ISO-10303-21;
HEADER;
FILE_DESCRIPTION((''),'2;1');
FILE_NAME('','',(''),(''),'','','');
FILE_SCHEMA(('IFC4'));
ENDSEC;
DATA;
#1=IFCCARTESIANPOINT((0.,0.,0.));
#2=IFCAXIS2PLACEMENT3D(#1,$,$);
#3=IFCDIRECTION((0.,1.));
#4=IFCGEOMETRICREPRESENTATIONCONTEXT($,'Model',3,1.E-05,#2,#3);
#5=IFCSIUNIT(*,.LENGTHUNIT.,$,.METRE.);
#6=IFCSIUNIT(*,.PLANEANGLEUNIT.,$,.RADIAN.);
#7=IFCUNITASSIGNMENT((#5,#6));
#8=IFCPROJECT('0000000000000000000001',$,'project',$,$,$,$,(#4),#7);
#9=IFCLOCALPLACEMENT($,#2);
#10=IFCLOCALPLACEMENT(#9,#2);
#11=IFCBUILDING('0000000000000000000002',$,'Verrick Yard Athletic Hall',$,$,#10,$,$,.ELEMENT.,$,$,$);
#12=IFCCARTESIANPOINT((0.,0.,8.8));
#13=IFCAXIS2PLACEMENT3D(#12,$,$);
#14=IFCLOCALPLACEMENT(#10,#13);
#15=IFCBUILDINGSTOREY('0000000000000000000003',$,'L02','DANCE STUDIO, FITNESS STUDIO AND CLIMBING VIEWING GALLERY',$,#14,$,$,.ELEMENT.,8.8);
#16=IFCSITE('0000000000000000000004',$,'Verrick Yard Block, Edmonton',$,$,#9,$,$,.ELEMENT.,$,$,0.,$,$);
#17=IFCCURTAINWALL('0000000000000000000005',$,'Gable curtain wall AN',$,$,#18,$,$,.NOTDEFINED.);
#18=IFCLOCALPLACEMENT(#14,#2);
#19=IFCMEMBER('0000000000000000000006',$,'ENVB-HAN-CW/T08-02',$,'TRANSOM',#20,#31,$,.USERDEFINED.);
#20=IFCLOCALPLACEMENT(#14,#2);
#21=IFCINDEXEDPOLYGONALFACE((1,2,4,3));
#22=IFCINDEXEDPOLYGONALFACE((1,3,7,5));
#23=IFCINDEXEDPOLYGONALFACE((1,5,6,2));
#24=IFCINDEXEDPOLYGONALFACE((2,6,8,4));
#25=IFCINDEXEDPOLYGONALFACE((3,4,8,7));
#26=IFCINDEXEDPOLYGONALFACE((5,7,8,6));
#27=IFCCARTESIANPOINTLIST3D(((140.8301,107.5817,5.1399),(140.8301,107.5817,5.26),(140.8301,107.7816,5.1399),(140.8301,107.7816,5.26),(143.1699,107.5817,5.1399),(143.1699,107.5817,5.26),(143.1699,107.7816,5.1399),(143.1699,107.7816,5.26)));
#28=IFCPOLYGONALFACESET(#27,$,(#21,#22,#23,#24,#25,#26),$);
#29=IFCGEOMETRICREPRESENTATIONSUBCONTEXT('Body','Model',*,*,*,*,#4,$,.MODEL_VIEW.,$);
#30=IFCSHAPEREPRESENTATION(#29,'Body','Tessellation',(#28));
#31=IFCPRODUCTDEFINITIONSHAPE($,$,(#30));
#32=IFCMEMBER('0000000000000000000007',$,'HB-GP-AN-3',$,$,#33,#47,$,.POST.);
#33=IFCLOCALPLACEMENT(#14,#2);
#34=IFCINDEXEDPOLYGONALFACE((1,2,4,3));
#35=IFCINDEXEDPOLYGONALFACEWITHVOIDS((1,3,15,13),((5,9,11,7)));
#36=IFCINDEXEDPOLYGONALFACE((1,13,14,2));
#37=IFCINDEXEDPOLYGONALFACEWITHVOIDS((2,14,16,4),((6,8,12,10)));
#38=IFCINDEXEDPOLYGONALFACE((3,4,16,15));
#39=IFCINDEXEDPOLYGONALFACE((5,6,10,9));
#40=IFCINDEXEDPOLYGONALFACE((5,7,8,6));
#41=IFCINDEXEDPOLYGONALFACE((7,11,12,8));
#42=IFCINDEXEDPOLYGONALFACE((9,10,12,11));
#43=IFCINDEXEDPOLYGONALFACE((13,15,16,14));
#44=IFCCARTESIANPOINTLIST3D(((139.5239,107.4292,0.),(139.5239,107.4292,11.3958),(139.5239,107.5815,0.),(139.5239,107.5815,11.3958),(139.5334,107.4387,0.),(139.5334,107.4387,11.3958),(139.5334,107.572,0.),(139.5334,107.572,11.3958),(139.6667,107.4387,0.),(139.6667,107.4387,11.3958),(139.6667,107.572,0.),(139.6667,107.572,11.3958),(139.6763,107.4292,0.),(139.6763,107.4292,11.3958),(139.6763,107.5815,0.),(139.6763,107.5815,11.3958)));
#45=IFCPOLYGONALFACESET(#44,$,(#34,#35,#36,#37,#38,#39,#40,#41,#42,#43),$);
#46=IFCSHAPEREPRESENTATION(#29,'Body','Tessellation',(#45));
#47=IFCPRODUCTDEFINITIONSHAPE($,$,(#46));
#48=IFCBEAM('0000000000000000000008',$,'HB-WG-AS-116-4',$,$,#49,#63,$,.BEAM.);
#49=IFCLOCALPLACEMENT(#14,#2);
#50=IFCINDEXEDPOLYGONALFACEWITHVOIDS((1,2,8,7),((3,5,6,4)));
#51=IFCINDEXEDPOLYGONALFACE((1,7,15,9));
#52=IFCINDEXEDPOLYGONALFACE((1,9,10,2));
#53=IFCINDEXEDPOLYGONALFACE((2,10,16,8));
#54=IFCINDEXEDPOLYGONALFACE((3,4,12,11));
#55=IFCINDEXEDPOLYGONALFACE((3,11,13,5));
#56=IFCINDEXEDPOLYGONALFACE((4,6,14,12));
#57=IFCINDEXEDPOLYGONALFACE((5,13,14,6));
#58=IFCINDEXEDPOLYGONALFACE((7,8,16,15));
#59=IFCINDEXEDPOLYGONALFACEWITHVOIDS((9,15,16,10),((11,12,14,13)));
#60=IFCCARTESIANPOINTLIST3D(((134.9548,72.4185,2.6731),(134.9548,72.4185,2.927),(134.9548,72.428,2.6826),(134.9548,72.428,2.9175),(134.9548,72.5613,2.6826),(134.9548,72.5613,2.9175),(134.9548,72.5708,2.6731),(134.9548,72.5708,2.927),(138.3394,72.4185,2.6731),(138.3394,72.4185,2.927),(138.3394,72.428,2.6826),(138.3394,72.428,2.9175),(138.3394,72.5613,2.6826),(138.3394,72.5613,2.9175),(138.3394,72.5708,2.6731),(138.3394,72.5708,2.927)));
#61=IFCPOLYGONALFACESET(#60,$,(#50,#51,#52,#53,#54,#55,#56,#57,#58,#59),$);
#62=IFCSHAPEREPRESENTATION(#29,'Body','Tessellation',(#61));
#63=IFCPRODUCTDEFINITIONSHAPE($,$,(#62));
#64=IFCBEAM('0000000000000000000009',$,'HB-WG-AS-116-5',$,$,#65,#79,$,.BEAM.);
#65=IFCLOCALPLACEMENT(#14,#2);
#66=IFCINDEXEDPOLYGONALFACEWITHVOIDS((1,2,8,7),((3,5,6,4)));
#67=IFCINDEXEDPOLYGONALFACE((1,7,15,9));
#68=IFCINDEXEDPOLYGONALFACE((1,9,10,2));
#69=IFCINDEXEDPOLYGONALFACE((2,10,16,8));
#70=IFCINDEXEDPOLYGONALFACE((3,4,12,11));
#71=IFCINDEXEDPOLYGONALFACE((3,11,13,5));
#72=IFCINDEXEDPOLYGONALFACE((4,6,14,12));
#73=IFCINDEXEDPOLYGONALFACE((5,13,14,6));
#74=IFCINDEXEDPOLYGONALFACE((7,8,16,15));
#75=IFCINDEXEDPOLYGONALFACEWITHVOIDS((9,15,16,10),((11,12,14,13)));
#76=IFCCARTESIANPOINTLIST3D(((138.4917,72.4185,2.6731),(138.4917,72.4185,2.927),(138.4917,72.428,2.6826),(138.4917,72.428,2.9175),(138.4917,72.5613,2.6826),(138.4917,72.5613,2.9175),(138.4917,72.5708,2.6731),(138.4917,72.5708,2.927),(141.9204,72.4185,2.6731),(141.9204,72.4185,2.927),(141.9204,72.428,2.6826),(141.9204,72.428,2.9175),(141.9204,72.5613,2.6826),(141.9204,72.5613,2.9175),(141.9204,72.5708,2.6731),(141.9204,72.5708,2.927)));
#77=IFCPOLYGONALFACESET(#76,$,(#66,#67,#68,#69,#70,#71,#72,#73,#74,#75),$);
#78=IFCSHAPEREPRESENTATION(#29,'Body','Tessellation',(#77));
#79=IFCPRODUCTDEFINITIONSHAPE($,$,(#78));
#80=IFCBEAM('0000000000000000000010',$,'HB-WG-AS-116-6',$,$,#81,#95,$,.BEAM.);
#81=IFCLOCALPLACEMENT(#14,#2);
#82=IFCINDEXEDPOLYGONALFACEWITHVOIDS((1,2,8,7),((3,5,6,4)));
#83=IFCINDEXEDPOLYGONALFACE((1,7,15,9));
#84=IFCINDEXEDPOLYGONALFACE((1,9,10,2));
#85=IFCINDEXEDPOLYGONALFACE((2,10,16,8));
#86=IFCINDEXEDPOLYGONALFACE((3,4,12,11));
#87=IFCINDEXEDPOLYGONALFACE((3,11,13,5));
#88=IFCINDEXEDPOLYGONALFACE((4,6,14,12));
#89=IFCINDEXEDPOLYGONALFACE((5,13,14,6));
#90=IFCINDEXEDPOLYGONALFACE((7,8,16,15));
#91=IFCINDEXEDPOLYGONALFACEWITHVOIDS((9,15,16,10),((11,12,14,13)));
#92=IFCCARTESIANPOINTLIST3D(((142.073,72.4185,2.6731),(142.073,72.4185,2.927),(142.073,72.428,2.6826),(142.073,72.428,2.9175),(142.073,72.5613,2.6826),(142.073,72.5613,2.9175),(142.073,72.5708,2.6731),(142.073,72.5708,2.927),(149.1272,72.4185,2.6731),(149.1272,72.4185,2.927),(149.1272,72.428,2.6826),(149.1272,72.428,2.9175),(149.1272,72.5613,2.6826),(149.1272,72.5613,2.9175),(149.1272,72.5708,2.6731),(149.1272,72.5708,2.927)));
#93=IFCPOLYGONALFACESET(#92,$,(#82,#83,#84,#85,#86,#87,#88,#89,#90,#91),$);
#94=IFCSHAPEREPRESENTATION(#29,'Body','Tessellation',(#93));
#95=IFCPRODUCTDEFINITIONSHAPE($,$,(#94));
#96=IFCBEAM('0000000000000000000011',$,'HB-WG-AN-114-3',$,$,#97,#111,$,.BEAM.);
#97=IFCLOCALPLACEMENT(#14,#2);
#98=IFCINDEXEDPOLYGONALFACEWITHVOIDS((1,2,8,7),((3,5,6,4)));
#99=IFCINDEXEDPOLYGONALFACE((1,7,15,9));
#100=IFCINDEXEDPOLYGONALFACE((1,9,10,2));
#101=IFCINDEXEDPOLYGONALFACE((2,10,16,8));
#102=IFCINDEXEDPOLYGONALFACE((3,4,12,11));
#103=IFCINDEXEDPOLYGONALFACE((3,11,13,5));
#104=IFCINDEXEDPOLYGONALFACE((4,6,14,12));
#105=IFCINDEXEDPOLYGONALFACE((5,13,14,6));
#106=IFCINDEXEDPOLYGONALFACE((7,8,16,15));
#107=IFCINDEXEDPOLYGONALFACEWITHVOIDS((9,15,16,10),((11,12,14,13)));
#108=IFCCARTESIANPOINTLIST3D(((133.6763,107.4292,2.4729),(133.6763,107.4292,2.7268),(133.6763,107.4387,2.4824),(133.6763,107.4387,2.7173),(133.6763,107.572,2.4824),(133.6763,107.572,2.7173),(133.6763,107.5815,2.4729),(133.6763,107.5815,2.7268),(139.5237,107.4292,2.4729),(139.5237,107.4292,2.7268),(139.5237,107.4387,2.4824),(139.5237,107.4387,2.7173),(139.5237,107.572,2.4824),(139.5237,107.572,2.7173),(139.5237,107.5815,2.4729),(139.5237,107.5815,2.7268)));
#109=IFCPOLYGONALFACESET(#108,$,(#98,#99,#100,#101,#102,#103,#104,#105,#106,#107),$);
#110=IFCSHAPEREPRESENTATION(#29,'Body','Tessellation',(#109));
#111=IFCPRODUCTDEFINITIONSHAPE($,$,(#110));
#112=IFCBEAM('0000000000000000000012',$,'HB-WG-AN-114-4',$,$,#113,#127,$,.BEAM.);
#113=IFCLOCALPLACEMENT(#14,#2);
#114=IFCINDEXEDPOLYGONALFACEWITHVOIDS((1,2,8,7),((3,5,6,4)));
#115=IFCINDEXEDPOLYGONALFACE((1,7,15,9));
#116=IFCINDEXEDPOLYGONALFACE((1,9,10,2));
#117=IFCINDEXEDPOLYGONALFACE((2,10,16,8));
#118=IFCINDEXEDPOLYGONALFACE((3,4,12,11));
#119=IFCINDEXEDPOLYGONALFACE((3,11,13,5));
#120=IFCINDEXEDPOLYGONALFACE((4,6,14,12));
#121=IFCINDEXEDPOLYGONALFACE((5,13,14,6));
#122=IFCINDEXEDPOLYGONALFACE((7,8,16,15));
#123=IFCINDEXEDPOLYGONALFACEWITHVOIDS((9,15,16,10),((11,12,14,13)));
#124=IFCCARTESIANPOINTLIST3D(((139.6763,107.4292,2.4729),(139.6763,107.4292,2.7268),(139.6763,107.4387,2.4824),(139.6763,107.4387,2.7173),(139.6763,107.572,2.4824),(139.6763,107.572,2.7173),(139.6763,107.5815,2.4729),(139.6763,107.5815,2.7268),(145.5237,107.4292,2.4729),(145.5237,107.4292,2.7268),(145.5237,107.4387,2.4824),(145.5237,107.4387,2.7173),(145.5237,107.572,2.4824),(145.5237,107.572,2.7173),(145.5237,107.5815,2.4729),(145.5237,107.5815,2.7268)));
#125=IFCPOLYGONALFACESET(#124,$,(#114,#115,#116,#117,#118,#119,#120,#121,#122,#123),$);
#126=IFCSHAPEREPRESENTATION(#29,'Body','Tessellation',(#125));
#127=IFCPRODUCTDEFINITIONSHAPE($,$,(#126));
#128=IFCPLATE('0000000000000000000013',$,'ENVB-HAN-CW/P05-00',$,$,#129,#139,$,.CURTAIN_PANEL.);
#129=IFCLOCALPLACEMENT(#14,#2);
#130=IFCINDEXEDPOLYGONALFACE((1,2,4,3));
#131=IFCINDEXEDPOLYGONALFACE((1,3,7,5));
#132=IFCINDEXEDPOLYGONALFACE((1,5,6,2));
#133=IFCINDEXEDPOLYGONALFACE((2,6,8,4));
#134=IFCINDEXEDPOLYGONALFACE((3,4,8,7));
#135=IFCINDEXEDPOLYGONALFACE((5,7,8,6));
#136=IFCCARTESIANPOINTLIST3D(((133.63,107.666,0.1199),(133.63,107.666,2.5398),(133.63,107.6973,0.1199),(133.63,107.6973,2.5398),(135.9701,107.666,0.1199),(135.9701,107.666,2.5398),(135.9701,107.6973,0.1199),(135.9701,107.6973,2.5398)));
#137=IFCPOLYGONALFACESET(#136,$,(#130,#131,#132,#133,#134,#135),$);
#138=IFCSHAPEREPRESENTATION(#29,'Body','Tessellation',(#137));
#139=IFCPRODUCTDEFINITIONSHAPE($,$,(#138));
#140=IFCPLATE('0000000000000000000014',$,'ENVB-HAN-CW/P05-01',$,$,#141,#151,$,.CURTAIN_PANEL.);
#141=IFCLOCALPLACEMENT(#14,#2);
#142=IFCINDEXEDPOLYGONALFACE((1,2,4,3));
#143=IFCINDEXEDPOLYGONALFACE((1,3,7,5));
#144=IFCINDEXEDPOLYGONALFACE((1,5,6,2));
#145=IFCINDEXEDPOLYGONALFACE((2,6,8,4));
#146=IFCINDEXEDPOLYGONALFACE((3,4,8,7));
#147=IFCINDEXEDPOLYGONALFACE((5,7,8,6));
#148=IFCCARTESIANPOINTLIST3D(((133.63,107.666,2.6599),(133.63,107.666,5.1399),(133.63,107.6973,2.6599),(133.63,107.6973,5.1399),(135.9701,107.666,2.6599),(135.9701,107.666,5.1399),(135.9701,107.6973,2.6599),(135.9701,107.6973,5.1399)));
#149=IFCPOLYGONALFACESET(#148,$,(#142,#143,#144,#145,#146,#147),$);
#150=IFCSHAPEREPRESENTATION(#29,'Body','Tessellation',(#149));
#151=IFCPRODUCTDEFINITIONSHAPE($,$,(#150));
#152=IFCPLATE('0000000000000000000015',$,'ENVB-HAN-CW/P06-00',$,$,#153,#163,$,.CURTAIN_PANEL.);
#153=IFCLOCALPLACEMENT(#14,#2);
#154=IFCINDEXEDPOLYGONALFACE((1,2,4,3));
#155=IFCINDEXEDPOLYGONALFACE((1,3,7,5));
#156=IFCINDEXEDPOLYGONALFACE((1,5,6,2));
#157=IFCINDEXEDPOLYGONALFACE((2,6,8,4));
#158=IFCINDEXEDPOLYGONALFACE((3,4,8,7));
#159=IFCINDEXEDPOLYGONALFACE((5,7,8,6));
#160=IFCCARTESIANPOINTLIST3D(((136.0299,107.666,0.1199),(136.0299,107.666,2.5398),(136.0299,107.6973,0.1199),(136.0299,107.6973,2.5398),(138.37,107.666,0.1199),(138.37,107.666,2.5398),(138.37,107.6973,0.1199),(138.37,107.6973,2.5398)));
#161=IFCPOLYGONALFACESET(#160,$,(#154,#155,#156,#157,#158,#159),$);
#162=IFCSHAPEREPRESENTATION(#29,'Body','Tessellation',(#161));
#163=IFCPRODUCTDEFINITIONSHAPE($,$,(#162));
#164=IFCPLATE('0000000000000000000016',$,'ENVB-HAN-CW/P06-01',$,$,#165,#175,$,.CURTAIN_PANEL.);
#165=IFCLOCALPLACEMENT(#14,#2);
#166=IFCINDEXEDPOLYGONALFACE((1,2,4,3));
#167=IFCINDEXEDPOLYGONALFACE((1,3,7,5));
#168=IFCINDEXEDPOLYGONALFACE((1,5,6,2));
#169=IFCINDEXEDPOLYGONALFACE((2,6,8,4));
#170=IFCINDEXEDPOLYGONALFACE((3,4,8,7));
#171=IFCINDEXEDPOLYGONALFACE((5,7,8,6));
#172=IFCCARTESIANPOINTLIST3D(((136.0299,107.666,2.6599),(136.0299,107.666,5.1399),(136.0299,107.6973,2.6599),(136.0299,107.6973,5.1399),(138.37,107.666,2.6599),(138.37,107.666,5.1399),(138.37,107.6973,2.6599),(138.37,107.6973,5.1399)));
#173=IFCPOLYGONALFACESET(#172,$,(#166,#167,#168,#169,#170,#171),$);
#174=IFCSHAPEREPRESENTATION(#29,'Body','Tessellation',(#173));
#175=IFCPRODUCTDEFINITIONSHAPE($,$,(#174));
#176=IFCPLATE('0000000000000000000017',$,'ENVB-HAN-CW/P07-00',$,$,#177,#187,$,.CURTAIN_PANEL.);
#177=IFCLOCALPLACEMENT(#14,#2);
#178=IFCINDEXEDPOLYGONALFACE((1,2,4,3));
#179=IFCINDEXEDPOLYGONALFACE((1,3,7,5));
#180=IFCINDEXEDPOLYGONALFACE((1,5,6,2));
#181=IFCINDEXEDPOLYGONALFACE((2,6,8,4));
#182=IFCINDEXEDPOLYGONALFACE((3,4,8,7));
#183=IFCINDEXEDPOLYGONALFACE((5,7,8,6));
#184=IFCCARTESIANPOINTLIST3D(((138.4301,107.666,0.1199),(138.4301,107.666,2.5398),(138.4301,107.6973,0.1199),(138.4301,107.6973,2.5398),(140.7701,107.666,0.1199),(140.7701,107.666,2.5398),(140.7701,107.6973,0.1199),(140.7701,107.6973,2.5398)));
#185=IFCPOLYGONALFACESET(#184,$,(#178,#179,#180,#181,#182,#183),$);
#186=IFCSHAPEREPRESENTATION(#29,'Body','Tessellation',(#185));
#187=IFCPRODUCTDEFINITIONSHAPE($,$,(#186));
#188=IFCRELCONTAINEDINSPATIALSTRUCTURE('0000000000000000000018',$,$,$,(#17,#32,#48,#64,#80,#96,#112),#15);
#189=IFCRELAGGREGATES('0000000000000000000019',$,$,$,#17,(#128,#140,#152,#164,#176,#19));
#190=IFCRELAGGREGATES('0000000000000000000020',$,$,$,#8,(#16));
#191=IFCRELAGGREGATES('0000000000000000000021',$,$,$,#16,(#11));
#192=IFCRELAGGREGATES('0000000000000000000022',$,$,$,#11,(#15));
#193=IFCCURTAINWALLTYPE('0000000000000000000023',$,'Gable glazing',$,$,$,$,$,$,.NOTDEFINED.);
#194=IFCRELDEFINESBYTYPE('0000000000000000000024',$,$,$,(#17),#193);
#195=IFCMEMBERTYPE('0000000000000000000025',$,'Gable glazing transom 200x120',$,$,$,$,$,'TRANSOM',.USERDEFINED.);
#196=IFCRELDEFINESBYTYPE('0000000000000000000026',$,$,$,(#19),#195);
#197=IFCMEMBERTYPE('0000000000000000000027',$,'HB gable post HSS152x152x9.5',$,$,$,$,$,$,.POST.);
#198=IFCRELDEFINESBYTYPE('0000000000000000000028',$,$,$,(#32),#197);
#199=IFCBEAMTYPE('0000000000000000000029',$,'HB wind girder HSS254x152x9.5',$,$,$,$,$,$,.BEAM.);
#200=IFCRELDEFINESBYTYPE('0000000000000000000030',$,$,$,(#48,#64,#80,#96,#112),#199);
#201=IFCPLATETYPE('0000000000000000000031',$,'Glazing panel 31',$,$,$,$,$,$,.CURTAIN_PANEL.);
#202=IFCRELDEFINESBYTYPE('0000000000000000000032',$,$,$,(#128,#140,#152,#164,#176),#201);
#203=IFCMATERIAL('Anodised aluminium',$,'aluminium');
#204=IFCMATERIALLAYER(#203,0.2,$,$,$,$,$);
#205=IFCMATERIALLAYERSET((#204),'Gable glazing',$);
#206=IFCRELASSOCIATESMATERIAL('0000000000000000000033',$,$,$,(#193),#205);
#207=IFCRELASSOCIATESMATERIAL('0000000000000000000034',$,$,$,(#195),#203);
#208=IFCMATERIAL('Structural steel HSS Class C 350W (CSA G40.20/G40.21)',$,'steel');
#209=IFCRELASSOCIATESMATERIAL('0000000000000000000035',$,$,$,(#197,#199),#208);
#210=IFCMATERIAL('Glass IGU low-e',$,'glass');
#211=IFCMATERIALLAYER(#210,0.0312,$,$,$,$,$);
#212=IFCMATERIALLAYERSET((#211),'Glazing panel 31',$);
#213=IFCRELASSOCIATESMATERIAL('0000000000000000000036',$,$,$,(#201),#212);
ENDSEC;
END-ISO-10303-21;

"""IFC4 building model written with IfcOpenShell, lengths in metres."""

from ifc_helpers import new_model, si_unit, direction, frame, origin, origin_2d, place, context, subcontext, project, spatial, rectangle, hollow_rectangle, extrude, material, layer, layer_set, material_profile, profile_set, type_object, element, aggregate, save


model = new_model("IFC4")

# Units and contexts
model_context = context("Model", 3, precision=1e-05, world=origin(), true_north=direction((0.0, 1.0)))
body_context = subcontext(model_context, "Body", "Model", "MODEL_VIEW")
ifc_project = project(units=[si_unit("LENGTHUNIT", "METRE"), si_unit("PLANEANGLEUNIT", "RADIAN")], contexts=[model_context])

# Site, building, storey
site_placement = place(None, origin())
site = spatial("IfcSite", under=ifc_project, at=site_placement, Name="Verrick Yard Block, Edmonton", CompositionType="ELEMENT", RefElevation=0.0)
building_placement = place(site_placement, origin())
building = spatial("IfcBuilding", under=site, at=building_placement, Name="Verrick Yard Athletic Hall", CompositionType="ELEMENT")
storey_placement = place(building_placement, frame((0.0, 0.0, 8.8)))
storey = spatial("IfcBuildingStorey", under=building, at=storey_placement, Name="L02", Description="DANCE STUDIO, FITNESS STUDIO AND CLIMBING VIEWING GALLERY", CompositionType="ELEMENT", Elevation=8.8)

# Curtain wall, member
ifc_material_1 = material(Name="Anodised aluminium", Category="aluminium")
ifc_layer_1 = layer(ifc_material_1, 0.2)
ifc_layer_set_1 = layer_set([ifc_layer_1], Name="Gable glazing")
curtain_wall_type = type_object("IfcCurtainWallType", Name="Gable glazing", PredefinedType="NOTDEFINED", material=ifc_layer_set_1)
curtain_wall_placement = place(storey_placement, origin())
curtain_wall = element("IfcCurtainWall", 1, at=curtain_wall_placement, inside=storey, type_object=curtain_wall_type, Name="Gable curtain wall AN", PredefinedType="NOTDEFINED")
ifc_material_profile_1 = material_profile(ifc_material_1, rectangle(XDim=0.2, YDim=0.1201, at=origin_2d()), Name="CW gable transom 200x120")
ifc_profile_set_1 = profile_set([ifc_material_profile_1], Name="Anodised aluminium")
member_type_1 = type_object("IfcMemberType", Name="Gable glazing transom 200x120", ElementType="TRANSOM", PredefinedType="USERDEFINED", material=ifc_profile_set_1)
member_1_placement = place(storey_placement, frame((140.8301, 107.6816, 5.2), z_axis=(1.0, 0.0, 0.0), x_axis=(0.0, 1.0, 0.0)))
member_1 = element("IfcMember", 2, at=member_1_placement, type_object=member_type_1, Name="ENVB-HAN-CW/T08-02", ObjectType="TRANSOM", PredefinedType="USERDEFINED", context=body_context, shape_type="SweptSolid", body=[
    extrude(rectangle(XDim=0.2, YDim=0.1201, at=origin_2d()), origin(), (0.0, 0.0, 1.0), 2.3398),
])

# Member
ifc_material_2 = material(Name="Structural steel HSS Class C 350W (CSA G40.20/G40.21)", Category="steel")
ifc_material_profile_2 = material_profile(ifc_material_2, hollow_rectangle(XDim=0.1523, YDim=0.1523, WallThickness=0.0095, at=origin_2d()), Name="HSS152x152x9.5")
ifc_profile_set_2 = profile_set([ifc_material_profile_2], Name="Structural steel HSS Class C 350W (CSA G40.20/G40.21)")
member_type_2 = type_object("IfcMemberType", Name="HB gable post HSS152x152x9.5", PredefinedType="POST", material=ifc_profile_set_2)
member_2_placement = place(storey_placement, frame((139.6001, 107.5054, 0.0), z_axis=(0.0, 0.0, 1.0), x_axis=(1.0, 0.0, 0.0)))
element("IfcMember", 3, at=member_2_placement, inside=storey, type_object=member_type_2, Name="HB-GP-AN-3", PredefinedType="POST", context=body_context, shape_type="SweptSolid", body=[
    extrude(hollow_rectangle(XDim=0.1523, YDim=0.1523, WallThickness=0.0095, at=origin_2d()), origin(), (0.0, 0.0, 1.0), 11.3958),
])

# Beams
ifc_material_profile_3 = material_profile(ifc_material_2, hollow_rectangle(XDim=0.1523, YDim=0.2539, WallThickness=0.0095, at=origin_2d()), Name="HSS254x152x9.5")
ifc_profile_set_3 = profile_set([ifc_material_profile_3], Name="Structural steel HSS Class C 350W (CSA G40.20/G40.21)")
beam_type = type_object("IfcBeamType", Name="HB wind girder HSS254x152x9.5", PredefinedType="BEAM", material=ifc_profile_set_3)
beam_1_placement = place(storey_placement, frame((134.9548, 72.4946, 2.8), z_axis=(1.0, 0.0, 0.0), x_axis=(0.0, 1.0, 0.0)))
element("IfcBeam", 4, at=beam_1_placement, inside=storey, type_object=beam_type, Name="HB-WG-AS-116-4", PredefinedType="BEAM", context=body_context, shape_type="SweptSolid", body=[
    extrude(hollow_rectangle(XDim=0.1523, YDim=0.2539, WallThickness=0.0095, at=origin_2d()), origin(), (0.0, 0.0, 1.0), 3.3845),
])
beam_2_placement = place(storey_placement, frame((138.4917, 72.4946, 2.8), z_axis=(1.0, 0.0, 0.0), x_axis=(0.0, 1.0, 0.0)))
element("IfcBeam", 5, at=beam_2_placement, inside=storey, type_object=beam_type, Name="HB-WG-AS-116-5", PredefinedType="BEAM", context=body_context, shape_type="SweptSolid", body=[
    extrude(hollow_rectangle(XDim=0.1523, YDim=0.2539, WallThickness=0.0095, at=origin_2d()), origin(), (0.0, 0.0, 1.0), 3.4287),
])
beam_3_placement = place(storey_placement, frame((142.073, 72.4946, 2.8), z_axis=(1.0, 0.0, 0.0), x_axis=(0.0, 1.0, 0.0)))
element("IfcBeam", 6, at=beam_3_placement, inside=storey, type_object=beam_type, Name="HB-WG-AS-116-6", PredefinedType="BEAM", context=body_context, shape_type="SweptSolid", body=[
    extrude(hollow_rectangle(XDim=0.1523, YDim=0.2539, WallThickness=0.0095, at=origin_2d()), origin(), (0.0, 0.0, 1.0), 7.0542),
])
for number, where, z_axis, x_axis, name in (
    (7, (133.6763, 107.5054, 2.5999), (1.0, 0.0, 0.0), (0.0, 1.0, 0.0), "HB-WG-AN-114-3"),
    (8, (139.6763, 107.5054, 2.5999), (1.0, 0.0, 0.0), (0.0, 1.0, 0.0), "HB-WG-AN-114-4"),
):
    element("IfcBeam", number, at=place(storey_placement, frame(where, z_axis=z_axis, x_axis=x_axis)), inside=storey, type_object=beam_type, Name=name, PredefinedType="BEAM", context=body_context, shape_type="SweptSolid", body=[
        extrude(hollow_rectangle(XDim=0.1523, YDim=0.2539, WallThickness=0.0095, at=origin_2d()), origin(), (0.0, 0.0, 1.0), 5.8474),
    ])

# Plates
ifc_material_3 = material(Name="Glass IGU low-e", Category="glass")
ifc_layer_2 = layer(ifc_material_3, 0.0312)
ifc_layer_set_2 = layer_set([ifc_layer_2], Name="Glazing panel 31")
plate_type = type_object("IfcPlateType", Name="Glazing panel 31", PredefinedType="CURTAIN_PANEL", material=ifc_layer_set_2)
plate_1_placement = place(storey_placement, frame((134.8, 107.6816, 0.1199), z_axis=(0.0, 0.0, 1.0), x_axis=(1.0, 0.0, 0.0)))
plate_1 = element("IfcPlate", 9, at=plate_1_placement, type_object=plate_type, Name="ENVB-HAN-CW/P05-00", PredefinedType="CURTAIN_PANEL", context=body_context, shape_type="SweptSolid", body=[
    extrude(rectangle(XDim=2.3401, YDim=0.0312, at=origin_2d()), origin(), (0.0, 0.0, 1.0), 2.4199),
])
plate_2_placement = place(storey_placement, frame((134.8, 107.6816, 2.6599), z_axis=(0.0, 0.0, 1.0), x_axis=(1.0, 0.0, 0.0)))
plate_2 = element("IfcPlate", 10, at=plate_2_placement, type_object=plate_type, Name="ENVB-HAN-CW/P05-01", PredefinedType="CURTAIN_PANEL", context=body_context, shape_type="SweptSolid", body=[
    extrude(rectangle(XDim=2.3401, YDim=0.0312, at=origin_2d()), origin(), (0.0, 0.0, 1.0), 2.48),
])
plate_3_placement = place(storey_placement, frame((137.2, 107.6816, 0.1199), z_axis=(0.0, 0.0, 1.0), x_axis=(1.0, 0.0, 0.0)))
plate_3 = element("IfcPlate", 11, at=plate_3_placement, type_object=plate_type, Name="ENVB-HAN-CW/P06-00", PredefinedType="CURTAIN_PANEL", context=body_context, shape_type="SweptSolid", body=[
    extrude(rectangle(XDim=2.3401, YDim=0.0312, at=origin_2d()), origin(), (0.0, 0.0, 1.0), 2.4199),
])
plate_4_placement = place(storey_placement, frame((137.2, 107.6816, 2.6599), z_axis=(0.0, 0.0, 1.0), x_axis=(1.0, 0.0, 0.0)))
plate_4 = element("IfcPlate", 12, at=plate_4_placement, type_object=plate_type, Name="ENVB-HAN-CW/P06-01", PredefinedType="CURTAIN_PANEL", context=body_context, shape_type="SweptSolid", body=[
    extrude(rectangle(XDim=2.3401, YDim=0.0312, at=origin_2d()), origin(), (0.0, 0.0, 1.0), 2.48),
])
plate_5_placement = place(storey_placement, frame((139.6001, 107.6816, 0.1199), z_axis=(0.0, 0.0, 1.0), x_axis=(1.0, 0.0, 0.0)))
plate_5 = element("IfcPlate", 13, at=plate_5_placement, type_object=plate_type, Name="ENVB-HAN-CW/P07-00", PredefinedType="CURTAIN_PANEL", context=body_context, shape_type="SweptSolid", body=[
    extrude(rectangle(XDim=2.3401, YDim=0.0312, at=origin_2d()), origin(), (0.0, 0.0, 1.0), 2.4199),
])
aggregate(curtain_wall, [plate_1, plate_2, plate_3, plate_4, plate_5, member_1])

save(model, "model.ifc")
